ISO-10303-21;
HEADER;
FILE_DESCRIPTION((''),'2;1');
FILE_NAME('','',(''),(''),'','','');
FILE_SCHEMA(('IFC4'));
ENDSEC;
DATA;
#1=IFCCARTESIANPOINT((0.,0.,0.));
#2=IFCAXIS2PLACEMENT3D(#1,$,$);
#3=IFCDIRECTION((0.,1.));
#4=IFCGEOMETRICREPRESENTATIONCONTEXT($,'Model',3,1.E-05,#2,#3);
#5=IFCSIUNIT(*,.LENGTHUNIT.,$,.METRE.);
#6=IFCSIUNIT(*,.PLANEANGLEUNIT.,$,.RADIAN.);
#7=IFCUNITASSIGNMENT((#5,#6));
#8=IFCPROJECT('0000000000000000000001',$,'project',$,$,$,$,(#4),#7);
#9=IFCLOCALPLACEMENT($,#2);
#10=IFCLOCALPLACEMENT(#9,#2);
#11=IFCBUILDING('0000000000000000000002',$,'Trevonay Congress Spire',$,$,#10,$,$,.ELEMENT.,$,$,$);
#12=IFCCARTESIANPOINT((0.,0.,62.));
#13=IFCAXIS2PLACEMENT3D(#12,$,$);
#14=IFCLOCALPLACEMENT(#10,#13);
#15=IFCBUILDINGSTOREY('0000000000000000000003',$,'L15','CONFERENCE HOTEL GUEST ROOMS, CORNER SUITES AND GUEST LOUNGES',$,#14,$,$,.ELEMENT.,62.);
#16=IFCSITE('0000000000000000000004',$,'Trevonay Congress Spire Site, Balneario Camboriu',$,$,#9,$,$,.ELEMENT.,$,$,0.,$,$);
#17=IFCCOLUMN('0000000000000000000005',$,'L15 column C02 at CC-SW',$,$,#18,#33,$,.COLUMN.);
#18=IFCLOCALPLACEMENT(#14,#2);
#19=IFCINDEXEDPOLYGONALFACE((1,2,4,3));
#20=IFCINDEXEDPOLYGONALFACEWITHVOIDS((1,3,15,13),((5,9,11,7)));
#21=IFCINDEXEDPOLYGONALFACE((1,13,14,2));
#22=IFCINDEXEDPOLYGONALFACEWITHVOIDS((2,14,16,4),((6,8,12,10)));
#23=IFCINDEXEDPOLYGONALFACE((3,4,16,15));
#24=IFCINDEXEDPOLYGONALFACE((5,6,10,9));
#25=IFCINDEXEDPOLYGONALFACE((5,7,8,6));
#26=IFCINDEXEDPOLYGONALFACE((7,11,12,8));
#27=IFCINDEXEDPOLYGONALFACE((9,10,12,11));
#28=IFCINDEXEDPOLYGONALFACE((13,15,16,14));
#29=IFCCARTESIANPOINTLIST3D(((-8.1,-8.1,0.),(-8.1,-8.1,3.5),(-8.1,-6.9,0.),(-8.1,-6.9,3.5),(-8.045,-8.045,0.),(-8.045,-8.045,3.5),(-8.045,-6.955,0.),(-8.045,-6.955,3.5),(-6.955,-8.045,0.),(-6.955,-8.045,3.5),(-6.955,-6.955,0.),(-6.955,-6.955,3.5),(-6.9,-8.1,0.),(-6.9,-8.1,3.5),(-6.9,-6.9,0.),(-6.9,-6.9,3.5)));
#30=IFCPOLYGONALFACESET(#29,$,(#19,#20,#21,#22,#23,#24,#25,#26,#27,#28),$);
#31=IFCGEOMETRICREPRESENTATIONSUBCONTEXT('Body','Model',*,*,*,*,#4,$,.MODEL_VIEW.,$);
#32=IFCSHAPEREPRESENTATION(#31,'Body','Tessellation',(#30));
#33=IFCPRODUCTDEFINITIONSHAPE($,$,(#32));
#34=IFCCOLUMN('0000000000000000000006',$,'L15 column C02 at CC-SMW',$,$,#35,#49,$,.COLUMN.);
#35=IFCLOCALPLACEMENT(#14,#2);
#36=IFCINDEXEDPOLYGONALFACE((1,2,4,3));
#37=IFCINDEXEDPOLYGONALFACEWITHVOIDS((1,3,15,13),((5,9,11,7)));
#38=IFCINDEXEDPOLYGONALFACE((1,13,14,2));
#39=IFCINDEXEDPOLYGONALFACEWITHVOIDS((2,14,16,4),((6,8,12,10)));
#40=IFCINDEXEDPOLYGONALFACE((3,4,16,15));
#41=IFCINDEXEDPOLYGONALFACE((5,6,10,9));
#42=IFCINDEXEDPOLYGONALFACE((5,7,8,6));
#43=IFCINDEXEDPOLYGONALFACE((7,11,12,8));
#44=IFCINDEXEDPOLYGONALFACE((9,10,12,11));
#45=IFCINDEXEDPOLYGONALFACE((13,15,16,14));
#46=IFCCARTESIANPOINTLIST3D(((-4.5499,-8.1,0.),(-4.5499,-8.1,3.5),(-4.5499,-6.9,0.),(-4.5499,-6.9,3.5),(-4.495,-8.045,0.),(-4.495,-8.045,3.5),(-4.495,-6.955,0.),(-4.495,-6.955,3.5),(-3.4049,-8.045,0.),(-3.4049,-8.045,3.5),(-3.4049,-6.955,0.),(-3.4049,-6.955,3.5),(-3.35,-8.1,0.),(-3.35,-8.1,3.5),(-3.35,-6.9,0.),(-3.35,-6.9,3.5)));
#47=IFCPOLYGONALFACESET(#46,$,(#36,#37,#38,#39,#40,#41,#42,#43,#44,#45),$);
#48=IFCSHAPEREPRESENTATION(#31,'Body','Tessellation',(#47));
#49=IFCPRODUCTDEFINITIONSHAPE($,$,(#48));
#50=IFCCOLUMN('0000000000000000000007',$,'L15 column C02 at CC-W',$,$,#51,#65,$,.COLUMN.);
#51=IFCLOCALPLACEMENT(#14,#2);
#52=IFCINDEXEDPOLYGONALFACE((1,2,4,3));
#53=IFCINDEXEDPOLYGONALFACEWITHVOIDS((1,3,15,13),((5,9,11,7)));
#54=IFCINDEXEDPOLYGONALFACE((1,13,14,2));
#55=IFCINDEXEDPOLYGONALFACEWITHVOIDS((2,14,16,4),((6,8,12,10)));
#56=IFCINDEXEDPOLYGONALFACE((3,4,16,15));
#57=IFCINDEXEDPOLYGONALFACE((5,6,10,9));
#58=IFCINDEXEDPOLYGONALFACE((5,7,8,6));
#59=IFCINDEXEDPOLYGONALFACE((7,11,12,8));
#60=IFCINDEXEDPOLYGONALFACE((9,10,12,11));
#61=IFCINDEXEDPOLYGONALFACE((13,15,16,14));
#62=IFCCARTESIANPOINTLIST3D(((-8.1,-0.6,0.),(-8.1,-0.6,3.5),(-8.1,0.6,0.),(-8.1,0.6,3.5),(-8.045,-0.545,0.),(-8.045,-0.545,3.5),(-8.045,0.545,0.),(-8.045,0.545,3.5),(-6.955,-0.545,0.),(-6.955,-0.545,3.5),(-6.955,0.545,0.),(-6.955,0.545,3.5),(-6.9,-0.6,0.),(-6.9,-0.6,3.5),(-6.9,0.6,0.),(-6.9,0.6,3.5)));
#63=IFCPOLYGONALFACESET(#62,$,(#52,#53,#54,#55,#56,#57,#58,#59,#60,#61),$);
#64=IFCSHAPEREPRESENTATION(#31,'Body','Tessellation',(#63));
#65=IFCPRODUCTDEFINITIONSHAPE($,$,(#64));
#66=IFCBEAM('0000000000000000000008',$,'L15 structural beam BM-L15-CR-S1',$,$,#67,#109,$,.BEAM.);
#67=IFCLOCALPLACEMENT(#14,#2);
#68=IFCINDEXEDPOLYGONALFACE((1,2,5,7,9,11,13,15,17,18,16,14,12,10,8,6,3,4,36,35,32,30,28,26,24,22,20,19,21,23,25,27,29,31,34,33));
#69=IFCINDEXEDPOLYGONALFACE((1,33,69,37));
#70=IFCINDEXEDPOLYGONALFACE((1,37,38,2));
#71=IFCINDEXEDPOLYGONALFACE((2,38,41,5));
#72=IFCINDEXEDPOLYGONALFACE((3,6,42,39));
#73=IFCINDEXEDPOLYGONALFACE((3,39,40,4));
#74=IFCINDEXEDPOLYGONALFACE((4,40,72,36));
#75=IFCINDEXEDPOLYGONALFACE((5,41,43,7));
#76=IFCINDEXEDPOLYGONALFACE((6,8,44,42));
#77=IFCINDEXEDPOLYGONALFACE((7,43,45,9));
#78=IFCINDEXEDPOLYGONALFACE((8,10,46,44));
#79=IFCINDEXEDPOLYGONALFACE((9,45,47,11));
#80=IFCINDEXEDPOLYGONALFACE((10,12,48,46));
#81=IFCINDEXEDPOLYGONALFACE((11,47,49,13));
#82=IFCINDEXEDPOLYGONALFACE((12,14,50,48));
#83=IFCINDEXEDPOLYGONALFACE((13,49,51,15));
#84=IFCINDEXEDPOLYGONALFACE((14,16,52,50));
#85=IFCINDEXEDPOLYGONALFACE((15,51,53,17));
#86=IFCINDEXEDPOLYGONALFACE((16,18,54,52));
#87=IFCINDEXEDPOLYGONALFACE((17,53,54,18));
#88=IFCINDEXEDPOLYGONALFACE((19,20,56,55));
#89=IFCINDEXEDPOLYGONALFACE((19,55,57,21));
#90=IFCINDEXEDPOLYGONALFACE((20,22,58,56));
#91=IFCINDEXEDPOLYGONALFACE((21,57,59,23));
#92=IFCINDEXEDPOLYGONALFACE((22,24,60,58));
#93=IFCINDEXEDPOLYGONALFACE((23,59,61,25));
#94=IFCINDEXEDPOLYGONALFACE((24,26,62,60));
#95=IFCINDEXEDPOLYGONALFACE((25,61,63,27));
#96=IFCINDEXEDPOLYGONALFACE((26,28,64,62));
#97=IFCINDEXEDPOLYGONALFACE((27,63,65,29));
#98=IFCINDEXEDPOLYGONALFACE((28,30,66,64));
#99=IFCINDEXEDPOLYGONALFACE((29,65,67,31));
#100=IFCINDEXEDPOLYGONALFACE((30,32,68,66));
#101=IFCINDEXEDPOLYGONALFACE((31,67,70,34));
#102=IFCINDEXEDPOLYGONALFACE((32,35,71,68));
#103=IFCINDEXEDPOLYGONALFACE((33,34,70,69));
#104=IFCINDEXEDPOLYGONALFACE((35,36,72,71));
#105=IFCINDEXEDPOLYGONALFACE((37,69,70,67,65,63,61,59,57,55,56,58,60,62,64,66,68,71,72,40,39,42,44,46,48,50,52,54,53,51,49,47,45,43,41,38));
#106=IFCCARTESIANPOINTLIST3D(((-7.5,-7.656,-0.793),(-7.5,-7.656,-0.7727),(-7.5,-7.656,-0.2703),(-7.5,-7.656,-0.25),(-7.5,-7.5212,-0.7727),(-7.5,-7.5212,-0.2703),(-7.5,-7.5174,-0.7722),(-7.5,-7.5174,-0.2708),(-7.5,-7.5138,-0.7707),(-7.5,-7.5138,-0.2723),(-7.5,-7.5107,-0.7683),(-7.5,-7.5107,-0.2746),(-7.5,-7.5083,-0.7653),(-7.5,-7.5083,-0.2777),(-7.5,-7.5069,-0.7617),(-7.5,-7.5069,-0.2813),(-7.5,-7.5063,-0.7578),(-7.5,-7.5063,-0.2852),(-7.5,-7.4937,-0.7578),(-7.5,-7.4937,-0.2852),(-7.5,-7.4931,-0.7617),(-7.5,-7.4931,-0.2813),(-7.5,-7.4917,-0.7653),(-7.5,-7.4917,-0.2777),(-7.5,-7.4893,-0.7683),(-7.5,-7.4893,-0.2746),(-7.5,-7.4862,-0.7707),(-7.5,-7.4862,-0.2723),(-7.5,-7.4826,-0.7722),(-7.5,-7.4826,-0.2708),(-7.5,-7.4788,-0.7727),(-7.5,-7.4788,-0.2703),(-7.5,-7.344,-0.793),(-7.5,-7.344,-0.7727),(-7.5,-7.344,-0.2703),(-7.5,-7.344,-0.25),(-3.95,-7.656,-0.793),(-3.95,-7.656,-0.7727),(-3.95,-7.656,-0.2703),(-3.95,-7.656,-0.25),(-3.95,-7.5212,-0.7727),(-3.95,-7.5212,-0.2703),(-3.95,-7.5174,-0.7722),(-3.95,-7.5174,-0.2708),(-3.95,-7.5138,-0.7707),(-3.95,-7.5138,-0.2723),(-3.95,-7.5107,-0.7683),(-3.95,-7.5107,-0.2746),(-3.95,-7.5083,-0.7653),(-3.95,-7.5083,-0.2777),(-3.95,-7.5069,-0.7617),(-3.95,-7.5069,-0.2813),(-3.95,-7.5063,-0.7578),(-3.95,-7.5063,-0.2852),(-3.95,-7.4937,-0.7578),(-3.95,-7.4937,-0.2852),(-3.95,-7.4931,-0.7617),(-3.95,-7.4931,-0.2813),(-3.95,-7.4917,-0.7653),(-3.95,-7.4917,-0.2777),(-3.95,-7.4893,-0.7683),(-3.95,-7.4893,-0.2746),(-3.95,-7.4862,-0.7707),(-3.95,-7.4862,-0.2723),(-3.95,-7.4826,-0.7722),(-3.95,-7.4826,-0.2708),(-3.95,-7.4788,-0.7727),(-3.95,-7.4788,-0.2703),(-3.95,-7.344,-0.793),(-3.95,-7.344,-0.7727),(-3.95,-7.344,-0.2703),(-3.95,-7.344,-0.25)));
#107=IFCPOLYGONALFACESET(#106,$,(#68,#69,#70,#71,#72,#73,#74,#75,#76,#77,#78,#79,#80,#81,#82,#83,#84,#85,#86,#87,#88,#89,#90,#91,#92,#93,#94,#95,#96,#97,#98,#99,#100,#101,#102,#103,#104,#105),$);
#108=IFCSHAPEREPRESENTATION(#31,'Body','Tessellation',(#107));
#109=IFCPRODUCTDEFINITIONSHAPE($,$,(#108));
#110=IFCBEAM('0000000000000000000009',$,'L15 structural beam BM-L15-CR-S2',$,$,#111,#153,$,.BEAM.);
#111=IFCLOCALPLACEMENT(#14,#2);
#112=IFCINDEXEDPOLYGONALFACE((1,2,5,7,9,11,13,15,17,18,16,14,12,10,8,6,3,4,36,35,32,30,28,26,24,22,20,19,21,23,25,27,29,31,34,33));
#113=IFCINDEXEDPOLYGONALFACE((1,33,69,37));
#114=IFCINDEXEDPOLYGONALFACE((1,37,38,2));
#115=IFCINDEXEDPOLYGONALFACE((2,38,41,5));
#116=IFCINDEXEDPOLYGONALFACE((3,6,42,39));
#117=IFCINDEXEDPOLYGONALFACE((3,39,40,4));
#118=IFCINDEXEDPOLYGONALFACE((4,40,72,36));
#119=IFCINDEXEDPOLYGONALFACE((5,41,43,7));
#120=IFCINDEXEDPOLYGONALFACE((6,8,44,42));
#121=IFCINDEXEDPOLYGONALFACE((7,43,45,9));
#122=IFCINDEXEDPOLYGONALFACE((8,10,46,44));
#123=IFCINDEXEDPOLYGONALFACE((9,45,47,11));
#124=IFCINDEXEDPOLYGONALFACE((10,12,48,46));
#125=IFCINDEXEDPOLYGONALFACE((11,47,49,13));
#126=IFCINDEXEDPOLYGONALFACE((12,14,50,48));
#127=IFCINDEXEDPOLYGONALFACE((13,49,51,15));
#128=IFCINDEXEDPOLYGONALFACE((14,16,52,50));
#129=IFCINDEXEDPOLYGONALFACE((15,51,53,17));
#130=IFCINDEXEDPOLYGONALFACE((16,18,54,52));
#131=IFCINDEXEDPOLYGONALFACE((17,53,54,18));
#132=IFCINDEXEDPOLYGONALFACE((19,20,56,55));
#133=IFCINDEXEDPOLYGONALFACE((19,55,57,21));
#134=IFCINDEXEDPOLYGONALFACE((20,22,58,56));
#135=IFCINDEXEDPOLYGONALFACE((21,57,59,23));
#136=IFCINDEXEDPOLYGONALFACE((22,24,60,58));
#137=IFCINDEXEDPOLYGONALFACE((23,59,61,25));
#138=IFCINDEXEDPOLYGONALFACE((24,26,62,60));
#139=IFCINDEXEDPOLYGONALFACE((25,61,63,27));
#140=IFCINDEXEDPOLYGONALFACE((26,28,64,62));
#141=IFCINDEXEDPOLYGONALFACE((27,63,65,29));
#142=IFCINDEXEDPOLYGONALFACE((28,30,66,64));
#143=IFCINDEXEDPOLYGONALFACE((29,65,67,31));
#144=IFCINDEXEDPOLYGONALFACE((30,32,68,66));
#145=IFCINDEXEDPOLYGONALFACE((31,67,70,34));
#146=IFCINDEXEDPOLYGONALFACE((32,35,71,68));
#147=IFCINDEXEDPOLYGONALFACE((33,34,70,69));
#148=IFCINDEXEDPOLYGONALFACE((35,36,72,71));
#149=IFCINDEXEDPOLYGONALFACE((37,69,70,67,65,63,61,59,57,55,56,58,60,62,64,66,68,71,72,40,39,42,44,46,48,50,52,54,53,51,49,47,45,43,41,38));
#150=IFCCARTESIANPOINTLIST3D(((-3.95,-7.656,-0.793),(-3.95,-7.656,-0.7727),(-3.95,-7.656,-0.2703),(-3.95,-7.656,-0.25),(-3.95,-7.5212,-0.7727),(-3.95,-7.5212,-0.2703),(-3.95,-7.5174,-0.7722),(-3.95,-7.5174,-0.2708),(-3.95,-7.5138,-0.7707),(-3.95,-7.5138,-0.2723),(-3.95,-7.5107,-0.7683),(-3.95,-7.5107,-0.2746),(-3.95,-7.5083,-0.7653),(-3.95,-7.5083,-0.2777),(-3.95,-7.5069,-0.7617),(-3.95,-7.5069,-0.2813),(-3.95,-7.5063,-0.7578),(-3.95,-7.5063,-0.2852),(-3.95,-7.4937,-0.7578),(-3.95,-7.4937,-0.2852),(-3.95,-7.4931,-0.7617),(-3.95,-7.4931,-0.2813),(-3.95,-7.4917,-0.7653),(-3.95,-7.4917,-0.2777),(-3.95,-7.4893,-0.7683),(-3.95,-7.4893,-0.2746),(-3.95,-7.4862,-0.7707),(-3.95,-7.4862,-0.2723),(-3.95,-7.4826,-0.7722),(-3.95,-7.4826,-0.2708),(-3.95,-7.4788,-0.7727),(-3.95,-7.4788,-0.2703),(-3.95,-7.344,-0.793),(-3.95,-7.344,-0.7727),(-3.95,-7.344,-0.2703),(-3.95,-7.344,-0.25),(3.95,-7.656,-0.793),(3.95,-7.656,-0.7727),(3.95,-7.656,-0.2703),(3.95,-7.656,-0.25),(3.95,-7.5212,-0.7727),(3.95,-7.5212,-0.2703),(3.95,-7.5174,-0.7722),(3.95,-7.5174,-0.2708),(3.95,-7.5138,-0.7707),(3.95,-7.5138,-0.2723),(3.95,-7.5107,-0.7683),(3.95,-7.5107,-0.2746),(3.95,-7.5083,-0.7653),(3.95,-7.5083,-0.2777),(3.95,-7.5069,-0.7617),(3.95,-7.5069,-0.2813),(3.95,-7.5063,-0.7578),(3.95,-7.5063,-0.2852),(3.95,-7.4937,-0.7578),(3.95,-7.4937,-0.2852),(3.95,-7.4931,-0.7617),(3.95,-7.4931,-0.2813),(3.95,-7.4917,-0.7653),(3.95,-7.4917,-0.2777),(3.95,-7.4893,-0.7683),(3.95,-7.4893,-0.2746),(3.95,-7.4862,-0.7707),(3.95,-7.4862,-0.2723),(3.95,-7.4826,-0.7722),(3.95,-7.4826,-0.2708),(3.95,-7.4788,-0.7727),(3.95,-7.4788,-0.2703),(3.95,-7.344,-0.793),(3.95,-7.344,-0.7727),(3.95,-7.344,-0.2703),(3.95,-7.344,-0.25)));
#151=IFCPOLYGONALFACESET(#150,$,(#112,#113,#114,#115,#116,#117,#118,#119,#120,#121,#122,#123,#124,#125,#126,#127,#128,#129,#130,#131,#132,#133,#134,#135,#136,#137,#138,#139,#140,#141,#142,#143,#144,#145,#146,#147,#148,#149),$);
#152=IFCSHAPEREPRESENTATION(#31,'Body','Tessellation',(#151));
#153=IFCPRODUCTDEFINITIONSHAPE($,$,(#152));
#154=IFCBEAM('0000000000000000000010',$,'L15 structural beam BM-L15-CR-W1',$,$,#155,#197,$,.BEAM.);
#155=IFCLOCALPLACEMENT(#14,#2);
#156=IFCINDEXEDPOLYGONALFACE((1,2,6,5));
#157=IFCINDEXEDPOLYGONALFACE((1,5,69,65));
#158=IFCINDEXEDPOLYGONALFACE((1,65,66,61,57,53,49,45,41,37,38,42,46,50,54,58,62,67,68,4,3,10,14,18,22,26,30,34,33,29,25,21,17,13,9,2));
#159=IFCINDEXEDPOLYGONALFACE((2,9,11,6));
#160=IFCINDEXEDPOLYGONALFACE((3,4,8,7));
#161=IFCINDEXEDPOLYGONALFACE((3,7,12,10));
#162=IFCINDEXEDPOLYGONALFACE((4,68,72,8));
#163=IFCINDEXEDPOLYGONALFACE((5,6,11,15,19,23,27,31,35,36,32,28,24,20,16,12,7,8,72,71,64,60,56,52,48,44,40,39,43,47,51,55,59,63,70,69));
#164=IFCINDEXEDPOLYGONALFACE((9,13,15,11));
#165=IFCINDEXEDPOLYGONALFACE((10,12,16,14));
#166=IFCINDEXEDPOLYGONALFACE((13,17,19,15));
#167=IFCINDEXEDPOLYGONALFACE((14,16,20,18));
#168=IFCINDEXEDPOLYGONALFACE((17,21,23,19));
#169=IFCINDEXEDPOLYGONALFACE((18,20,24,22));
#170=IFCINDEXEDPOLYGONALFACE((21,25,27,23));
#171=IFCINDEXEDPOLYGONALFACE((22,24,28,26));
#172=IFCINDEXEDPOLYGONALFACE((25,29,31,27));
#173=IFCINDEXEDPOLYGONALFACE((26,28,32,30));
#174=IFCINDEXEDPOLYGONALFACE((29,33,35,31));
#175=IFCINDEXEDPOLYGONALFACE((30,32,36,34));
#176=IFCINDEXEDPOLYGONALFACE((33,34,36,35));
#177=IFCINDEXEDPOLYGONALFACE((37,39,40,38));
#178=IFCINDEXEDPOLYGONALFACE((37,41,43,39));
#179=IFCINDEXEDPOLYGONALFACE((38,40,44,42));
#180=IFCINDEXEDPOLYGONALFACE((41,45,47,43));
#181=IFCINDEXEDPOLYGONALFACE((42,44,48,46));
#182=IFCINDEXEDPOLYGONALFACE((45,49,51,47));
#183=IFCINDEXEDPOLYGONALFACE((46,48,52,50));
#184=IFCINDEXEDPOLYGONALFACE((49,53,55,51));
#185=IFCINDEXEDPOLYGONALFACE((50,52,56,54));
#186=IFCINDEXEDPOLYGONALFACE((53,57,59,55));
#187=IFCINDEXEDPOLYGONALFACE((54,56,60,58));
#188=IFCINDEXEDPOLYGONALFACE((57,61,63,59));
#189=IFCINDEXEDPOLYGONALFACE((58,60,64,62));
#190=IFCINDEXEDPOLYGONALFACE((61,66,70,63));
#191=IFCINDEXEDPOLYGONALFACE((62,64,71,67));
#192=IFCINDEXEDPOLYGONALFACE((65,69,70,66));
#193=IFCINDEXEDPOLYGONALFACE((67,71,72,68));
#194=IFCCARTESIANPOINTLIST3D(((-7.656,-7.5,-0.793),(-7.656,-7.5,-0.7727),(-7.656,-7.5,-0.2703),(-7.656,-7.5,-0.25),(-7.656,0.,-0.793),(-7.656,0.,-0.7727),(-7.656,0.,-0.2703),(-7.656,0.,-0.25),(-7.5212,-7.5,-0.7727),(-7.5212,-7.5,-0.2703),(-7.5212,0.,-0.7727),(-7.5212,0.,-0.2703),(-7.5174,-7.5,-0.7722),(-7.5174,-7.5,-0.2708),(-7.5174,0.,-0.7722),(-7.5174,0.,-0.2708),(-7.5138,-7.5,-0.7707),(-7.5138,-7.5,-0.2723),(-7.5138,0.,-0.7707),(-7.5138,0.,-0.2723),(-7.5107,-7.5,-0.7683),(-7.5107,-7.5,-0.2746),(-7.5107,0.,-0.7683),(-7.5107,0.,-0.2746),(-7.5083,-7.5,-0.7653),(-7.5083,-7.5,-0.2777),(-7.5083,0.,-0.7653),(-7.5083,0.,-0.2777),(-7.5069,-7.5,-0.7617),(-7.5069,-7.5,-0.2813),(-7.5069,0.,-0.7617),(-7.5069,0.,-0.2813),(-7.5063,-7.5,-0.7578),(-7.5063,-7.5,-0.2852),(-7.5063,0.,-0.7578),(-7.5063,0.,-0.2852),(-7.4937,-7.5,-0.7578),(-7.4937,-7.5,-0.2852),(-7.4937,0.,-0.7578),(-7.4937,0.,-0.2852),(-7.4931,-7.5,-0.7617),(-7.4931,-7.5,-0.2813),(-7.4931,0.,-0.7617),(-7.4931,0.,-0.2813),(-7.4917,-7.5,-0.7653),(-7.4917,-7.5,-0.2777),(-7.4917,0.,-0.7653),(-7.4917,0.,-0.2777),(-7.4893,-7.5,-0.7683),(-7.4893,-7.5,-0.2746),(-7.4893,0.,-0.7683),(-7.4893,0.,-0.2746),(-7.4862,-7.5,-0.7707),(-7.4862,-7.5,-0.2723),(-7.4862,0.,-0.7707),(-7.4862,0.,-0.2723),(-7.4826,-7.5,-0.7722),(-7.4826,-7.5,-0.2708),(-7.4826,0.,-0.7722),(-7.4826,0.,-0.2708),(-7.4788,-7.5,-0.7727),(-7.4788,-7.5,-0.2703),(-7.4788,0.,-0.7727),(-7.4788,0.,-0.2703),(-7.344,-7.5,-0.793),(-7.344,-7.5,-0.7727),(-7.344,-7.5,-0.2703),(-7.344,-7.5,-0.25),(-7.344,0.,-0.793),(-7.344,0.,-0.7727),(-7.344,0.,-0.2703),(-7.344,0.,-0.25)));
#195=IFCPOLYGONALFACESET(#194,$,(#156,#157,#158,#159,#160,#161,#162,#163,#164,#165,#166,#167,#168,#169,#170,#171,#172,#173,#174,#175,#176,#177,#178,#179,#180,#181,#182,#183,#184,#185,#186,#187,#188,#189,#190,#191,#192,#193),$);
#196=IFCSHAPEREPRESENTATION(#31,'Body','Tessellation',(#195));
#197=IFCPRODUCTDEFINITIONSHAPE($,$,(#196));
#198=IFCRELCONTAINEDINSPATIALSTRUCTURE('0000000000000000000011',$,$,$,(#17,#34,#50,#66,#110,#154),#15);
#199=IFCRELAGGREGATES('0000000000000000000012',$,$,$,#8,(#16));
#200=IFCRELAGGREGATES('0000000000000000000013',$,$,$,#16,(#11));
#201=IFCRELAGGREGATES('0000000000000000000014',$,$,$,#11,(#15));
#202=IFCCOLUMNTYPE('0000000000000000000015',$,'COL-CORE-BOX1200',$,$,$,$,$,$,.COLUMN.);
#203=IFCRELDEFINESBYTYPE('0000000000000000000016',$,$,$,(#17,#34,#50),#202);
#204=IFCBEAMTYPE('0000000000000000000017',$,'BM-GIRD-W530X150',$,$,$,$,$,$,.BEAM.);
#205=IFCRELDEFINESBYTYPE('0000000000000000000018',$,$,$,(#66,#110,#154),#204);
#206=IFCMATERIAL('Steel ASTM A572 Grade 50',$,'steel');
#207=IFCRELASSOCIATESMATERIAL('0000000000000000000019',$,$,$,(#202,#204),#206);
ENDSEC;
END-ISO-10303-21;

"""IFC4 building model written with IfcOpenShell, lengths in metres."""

from ifc_helpers import new_model, si_unit, direction, frame, origin, origin_2d, place, context, subcontext, project, spatial, hollow_rectangle, i_section, extrude, material, material_profile, profile_set, type_object, element, save


model = new_model("IFC4")

# Units and contexts
model_context = context("Model", 3, precision=1e-05, world=origin(), true_north=direction((0.0, 1.0)))
body_context = subcontext(model_context, "Body", "Model", "MODEL_VIEW")
ifc_project = project(units=[si_unit("LENGTHUNIT", "METRE"), si_unit("PLANEANGLEUNIT", "RADIAN")], contexts=[model_context])

# Site, building, storey
site_placement = place(None, origin())
site = spatial("IfcSite", under=ifc_project, at=site_placement, Name="Trevonay Congress Spire Site, Balneario Camboriu", CompositionType="ELEMENT", RefElevation=0.0)
building_placement = place(site_placement, origin())
building = spatial("IfcBuilding", under=site, at=building_placement, Name="Trevonay Congress Spire", CompositionType="ELEMENT")
storey_placement = place(building_placement, frame((0.0, 0.0, 62.0)))
storey = spatial("IfcBuildingStorey", under=building, at=storey_placement, Name="L15", Description="CONFERENCE HOTEL GUEST ROOMS, CORNER SUITES AND GUEST LOUNGES", CompositionType="ELEMENT", Elevation=62.0)

# Columns
ifc_material_1 = material(Name="Steel ASTM A572 Grade 50", Category="steel")
ifc_material_profile_1 = material_profile(ifc_material_1, hollow_rectangle(XDim=1.2, YDim=1.2, WallThickness=0.0549, at=origin_2d()), Name="BOX 1200x1200x55")
ifc_profile_set_1 = profile_set([ifc_material_profile_1], Name="Steel ASTM A572 Grade 50")
column_type = type_object("IfcColumnType", Name="COL-CORE-BOX1200", PredefinedType="COLUMN", material=ifc_profile_set_1)
for number, where, z_axis, x_axis, name in (
    (1, (-7.5, -7.5, 0.0), (0.0, 0.0, 1.0), (1.0, 0.0, 0.0), "L15 column C02 at CC-SW"),
    (2, (-3.95, -7.5, 0.0), (0.0, 0.0, 1.0), (1.0, 0.0, 0.0), "L15 column C02 at CC-SMW"),
    (3, (-7.5, 0.0, 0.0), (0.0, 0.0, 1.0), (1.0, 0.0, 0.0), "L15 column C02 at CC-W"),
):
    element("IfcColumn", number, at=place(storey_placement, frame(where, z_axis=z_axis, x_axis=x_axis)), inside=storey, type_object=column_type, Name=name, PredefinedType="COLUMN", context=body_context, shape_type="SweptSolid", body=[
        extrude(hollow_rectangle(XDim=1.2, YDim=1.2, WallThickness=0.0549, at=origin_2d()), origin(), (0.0, 0.0, 1.0), 3.5),
    ])

# Beams
ifc_material_profile_2 = material_profile(ifc_material_1, i_section(OverallWidth=0.312, OverallDepth=0.543, WebThickness=0.0127, FlangeThickness=0.0203, FilletRadius=0.0149, at=origin_2d()), Name="W530x150")
ifc_profile_set_2 = profile_set([ifc_material_profile_2], Name="Steel ASTM A572 Grade 50")
beam_type_1 = type_object("IfcBeamType", Name="BM-GIRD-W530X150", PredefinedType="BEAM", material=ifc_profile_set_2)
beam_1_placement = place(storey_placement, frame((-7.5, -7.5, -0.5215), z_axis=(1.0, 0.0, 0.0), x_axis=(0.0, 1.0, 0.0)))
element("IfcBeam", 4, at=beam_1_placement, inside=storey, type_object=beam_type_1, Name="L15 structural beam BM-L15-CR-S1", PredefinedType="BEAM", context=body_context, shape_type="SweptSolid", body=[
    extrude(i_section(OverallWidth=0.312, OverallDepth=0.543, WebThickness=0.0127, FlangeThickness=0.0203, FilletRadius=0.0149, at=origin_2d()), origin(), (0.0, 0.0, 1.0), 3.55),
])
beam_2_placement = place(storey_placement, frame((-3.95, -7.5, -0.5215), z_axis=(1.0, 0.0, 0.0), x_axis=(0.0, 1.0, 0.0)))
element("IfcBeam", 5, at=beam_2_placement, inside=storey, type_object=beam_type_1, Name="L15 structural beam BM-L15-CR-S2", PredefinedType="BEAM", context=body_context, shape_type="SweptSolid", body=[
    extrude(i_section(OverallWidth=0.312, OverallDepth=0.543, WebThickness=0.0127, FlangeThickness=0.0203, FilletRadius=0.0149, at=origin_2d()), origin(), (0.0, 0.0, 1.0), 7.8999),
])
for number, where, z_axis, x_axis, name in (
    (6, (-7.5, -7.5, -0.5215), (0.0, 1.0, 0.0), (-1.0, 0.0, 0.0), "L15 structural beam BM-L15-CR-W1"),
):
    element("IfcBeam", number, at=place(storey_placement, frame(where, z_axis=z_axis, x_axis=x_axis)), inside=storey, type_object=beam_type_1, Name=name, PredefinedType="BEAM", context=body_context, shape_type="SweptSolid", body=[
        extrude(i_section(OverallWidth=0.312, OverallDepth=0.543, WebThickness=0.0127, FlangeThickness=0.0203, FilletRadius=0.0149, at=origin_2d()), origin(), (0.0, 0.0, 1.0), 7.5),
    ])

save(model, "model.ifc")
